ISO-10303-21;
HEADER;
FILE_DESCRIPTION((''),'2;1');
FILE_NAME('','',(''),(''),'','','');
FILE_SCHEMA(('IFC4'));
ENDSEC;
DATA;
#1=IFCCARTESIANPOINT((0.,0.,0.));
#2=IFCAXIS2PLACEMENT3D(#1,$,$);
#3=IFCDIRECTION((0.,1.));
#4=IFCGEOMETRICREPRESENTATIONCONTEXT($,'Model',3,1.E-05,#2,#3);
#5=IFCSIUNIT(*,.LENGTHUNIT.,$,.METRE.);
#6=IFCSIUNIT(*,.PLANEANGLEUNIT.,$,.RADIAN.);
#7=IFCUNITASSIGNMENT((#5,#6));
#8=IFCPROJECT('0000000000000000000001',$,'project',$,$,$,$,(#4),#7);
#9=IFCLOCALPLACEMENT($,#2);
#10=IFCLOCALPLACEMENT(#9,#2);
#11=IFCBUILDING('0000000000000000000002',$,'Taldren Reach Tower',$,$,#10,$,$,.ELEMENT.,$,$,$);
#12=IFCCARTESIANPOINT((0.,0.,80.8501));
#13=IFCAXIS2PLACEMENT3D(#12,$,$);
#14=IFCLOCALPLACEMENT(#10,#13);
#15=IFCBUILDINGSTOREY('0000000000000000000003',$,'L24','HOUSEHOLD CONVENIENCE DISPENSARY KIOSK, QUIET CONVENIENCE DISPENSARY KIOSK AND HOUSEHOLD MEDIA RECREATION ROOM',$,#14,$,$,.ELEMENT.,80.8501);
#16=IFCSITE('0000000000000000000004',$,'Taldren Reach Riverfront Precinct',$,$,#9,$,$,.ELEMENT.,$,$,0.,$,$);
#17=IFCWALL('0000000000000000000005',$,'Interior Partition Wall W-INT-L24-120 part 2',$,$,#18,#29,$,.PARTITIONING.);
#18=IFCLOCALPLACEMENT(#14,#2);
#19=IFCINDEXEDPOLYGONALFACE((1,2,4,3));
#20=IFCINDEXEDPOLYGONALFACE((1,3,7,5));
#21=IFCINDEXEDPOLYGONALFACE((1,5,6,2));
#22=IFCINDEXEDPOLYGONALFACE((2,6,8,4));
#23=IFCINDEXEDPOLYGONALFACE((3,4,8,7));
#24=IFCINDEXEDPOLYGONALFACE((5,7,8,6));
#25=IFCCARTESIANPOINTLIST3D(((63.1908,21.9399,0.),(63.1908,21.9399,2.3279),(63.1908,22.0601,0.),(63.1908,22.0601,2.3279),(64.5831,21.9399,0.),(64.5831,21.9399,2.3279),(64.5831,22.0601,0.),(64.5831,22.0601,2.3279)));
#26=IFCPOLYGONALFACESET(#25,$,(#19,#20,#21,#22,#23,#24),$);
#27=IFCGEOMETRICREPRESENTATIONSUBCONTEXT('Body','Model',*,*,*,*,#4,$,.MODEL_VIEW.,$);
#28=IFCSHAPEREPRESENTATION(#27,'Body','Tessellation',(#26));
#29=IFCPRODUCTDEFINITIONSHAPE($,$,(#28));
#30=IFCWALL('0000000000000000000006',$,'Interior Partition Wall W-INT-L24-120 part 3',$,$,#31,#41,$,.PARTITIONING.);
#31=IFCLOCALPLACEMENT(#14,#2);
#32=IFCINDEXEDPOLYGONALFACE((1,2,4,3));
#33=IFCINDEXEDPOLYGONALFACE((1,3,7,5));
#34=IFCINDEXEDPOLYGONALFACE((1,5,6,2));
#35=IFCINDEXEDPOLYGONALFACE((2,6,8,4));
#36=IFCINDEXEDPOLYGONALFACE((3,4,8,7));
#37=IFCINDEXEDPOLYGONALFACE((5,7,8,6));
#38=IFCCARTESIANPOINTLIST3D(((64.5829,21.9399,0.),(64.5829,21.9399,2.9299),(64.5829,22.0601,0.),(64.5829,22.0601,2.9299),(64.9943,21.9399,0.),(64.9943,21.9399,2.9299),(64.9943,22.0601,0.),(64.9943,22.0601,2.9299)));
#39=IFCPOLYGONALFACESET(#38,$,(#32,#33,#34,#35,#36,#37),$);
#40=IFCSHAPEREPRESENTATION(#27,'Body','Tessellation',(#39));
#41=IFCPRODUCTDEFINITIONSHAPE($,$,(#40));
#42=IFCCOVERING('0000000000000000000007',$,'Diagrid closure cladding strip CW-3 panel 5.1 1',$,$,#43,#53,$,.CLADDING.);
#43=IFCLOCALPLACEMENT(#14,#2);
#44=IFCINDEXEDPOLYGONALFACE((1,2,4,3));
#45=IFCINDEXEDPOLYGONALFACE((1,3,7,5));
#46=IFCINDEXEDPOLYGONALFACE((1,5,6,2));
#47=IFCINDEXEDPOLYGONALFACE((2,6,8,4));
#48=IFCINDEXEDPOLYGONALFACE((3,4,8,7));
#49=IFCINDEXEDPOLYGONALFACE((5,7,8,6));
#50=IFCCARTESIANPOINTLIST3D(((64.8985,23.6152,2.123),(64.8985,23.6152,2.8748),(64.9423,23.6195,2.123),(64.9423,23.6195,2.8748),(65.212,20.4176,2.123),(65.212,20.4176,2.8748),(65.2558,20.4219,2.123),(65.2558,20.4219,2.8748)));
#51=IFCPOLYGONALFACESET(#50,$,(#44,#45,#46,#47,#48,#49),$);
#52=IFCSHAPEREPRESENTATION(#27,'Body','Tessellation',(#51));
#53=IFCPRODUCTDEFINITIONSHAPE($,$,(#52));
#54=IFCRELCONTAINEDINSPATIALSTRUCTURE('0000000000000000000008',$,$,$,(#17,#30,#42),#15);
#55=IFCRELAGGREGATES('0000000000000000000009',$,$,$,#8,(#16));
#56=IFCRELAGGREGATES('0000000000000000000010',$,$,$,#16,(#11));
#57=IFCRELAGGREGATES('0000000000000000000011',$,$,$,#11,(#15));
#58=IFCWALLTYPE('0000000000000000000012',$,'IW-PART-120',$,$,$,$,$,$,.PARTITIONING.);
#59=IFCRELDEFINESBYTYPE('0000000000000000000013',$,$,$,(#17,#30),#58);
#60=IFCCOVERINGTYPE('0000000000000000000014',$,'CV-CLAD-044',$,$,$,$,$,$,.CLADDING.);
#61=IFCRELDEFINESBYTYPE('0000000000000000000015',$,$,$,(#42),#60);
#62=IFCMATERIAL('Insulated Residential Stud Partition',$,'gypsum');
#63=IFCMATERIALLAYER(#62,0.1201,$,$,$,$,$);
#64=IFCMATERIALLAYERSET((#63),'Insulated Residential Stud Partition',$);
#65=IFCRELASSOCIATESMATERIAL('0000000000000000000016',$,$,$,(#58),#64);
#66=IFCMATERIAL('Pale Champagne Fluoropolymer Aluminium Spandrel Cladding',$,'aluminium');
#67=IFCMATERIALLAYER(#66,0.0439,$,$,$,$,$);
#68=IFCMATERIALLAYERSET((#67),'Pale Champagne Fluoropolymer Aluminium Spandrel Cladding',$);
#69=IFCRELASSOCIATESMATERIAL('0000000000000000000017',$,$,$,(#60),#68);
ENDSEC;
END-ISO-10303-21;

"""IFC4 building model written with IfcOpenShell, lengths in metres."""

from ifc_helpers import new_model, si_unit, direction, frame, frame_2d, origin, origin_2d, place, context, subcontext, project, spatial, rectangle, extrude, source, transform, mapped, material, layer, layer_set, type_object, element, save


model = new_model("IFC4")

# Units and contexts
model_context = context("Model", 3, precision=1e-05, world=origin(), true_north=direction((0.0, 1.0)))
body_context = subcontext(model_context, "Body", "Model", "MODEL_VIEW")
ifc_project = project(units=[si_unit("LENGTHUNIT", "METRE"), si_unit("PLANEANGLEUNIT", "RADIAN")], contexts=[model_context])

# Site, building, storey
site_placement = place(None, origin())
site = spatial("IfcSite", under=ifc_project, at=site_placement, Name="Taldren Reach Riverfront Precinct", CompositionType="ELEMENT", RefElevation=0.0)
building_placement = place(site_placement, origin())
building = spatial("IfcBuilding", under=site, at=building_placement, Name="Taldren Reach Tower", CompositionType="ELEMENT")
storey_placement = place(building_placement, frame((0.0, 0.0, 80.8501)))
storey = spatial("IfcBuildingStorey", under=building, at=storey_placement, Name="L24", Description="HOUSEHOLD CONVENIENCE DISPENSARY KIOSK, QUIET CONVENIENCE DISPENSARY KIOSK AND HOUSEHOLD MEDIA RECREATION ROOM", CompositionType="ELEMENT", Elevation=80.8501)

# Walls
ifc_material_1 = material(Name="Insulated Residential Stud Partition", Category="gypsum")
ifc_layer_1 = layer(ifc_material_1, 0.1201)
ifc_layer_set_1 = layer_set([ifc_layer_1], Name="Insulated Residential Stud Partition")
wall_type_1 = type_object("IfcWallType", Name="IW-PART-120", PredefinedType="PARTITIONING", material=ifc_layer_set_1)
shared_shape_1 = source(origin(), body_context, "Body", "SweptSolid", [
    extrude(rectangle(XDim=1.3923, YDim=0.1201, at=frame_2d((0.6963, 0.0))), origin(), (0.0, 0.0, 1.0), 2.3279),
])
wall_1_placement = place(storey_placement, frame((63.1907, 22.0, 0.0), z_axis=(0.0, 0.0, 1.0), x_axis=(1.0, 0.0, 0.0)))
element("IfcWall", 1, at=wall_1_placement, inside=storey, type_object=wall_type_1, Name="Interior Partition Wall W-INT-L24-120 part 2", PredefinedType="PARTITIONING", context=body_context, shape_type="MappedRepresentation", body=[
    mapped(shared_shape_1, transform((0.0, 0.0, 0.0), scale=1.0)),
])
shared_shape_2 = source(origin(), body_context, "Body", "SweptSolid", [
    extrude(rectangle(XDim=0.4114, YDim=0.1201, at=frame_2d((0.2056, 0.0))), origin(), (0.0, 0.0, 1.0), 2.9299),
])
wall_2_placement = place(storey_placement, frame((64.583, 22.0, 0.0), z_axis=(0.0, 0.0, 1.0), x_axis=(1.0, 0.0, 0.0)))
element("IfcWall", 2, at=wall_2_placement, inside=storey, type_object=wall_type_1, Name="Interior Partition Wall W-INT-L24-120 part 3", PredefinedType="PARTITIONING", context=body_context, shape_type="MappedRepresentation", body=[
    mapped(shared_shape_2, transform((0.0, 0.0, 0.0), scale=1.0)),
])

# Covering
ifc_material_2 = material(Name="Pale Champagne Fluoropolymer Aluminium Spandrel Cladding", Category="aluminium")
ifc_layer_2 = layer(ifc_material_2, 0.0439)
ifc_layer_set_2 = layer_set([ifc_layer_2], Name="Pale Champagne Fluoropolymer Aluminium Spandrel Cladding")
covering_type = type_object("IfcCoveringType", Name="CV-CLAD-044", PredefinedType="CLADDING", material=ifc_layer_set_2)
shared_shape_3 = source(origin(), body_context, "Body", "SweptSolid", [
    extrude(rectangle(XDim=3.2129, YDim=0.0439, at=origin_2d()), origin(), (0.0, 0.0, 1.0), 0.7517),
])
covering_placement = place(storey_placement, frame((65.0771, 22.0186, 2.123), z_axis=(0.0, 0.0, 1.0), x_axis=(-0.097583, 0.995227, 0.0)))
element("IfcCovering", 3, at=covering_placement, inside=storey, type_object=covering_type, Name="Diagrid closure cladding strip CW-3 panel 5.1 1", PredefinedType="CLADDING", context=body_context, shape_type="MappedRepresentation", body=[
    mapped(shared_shape_3, transform((0.0, 0.0, 0.0), scale=1.0)),
])

save(model, "model.ifc")
